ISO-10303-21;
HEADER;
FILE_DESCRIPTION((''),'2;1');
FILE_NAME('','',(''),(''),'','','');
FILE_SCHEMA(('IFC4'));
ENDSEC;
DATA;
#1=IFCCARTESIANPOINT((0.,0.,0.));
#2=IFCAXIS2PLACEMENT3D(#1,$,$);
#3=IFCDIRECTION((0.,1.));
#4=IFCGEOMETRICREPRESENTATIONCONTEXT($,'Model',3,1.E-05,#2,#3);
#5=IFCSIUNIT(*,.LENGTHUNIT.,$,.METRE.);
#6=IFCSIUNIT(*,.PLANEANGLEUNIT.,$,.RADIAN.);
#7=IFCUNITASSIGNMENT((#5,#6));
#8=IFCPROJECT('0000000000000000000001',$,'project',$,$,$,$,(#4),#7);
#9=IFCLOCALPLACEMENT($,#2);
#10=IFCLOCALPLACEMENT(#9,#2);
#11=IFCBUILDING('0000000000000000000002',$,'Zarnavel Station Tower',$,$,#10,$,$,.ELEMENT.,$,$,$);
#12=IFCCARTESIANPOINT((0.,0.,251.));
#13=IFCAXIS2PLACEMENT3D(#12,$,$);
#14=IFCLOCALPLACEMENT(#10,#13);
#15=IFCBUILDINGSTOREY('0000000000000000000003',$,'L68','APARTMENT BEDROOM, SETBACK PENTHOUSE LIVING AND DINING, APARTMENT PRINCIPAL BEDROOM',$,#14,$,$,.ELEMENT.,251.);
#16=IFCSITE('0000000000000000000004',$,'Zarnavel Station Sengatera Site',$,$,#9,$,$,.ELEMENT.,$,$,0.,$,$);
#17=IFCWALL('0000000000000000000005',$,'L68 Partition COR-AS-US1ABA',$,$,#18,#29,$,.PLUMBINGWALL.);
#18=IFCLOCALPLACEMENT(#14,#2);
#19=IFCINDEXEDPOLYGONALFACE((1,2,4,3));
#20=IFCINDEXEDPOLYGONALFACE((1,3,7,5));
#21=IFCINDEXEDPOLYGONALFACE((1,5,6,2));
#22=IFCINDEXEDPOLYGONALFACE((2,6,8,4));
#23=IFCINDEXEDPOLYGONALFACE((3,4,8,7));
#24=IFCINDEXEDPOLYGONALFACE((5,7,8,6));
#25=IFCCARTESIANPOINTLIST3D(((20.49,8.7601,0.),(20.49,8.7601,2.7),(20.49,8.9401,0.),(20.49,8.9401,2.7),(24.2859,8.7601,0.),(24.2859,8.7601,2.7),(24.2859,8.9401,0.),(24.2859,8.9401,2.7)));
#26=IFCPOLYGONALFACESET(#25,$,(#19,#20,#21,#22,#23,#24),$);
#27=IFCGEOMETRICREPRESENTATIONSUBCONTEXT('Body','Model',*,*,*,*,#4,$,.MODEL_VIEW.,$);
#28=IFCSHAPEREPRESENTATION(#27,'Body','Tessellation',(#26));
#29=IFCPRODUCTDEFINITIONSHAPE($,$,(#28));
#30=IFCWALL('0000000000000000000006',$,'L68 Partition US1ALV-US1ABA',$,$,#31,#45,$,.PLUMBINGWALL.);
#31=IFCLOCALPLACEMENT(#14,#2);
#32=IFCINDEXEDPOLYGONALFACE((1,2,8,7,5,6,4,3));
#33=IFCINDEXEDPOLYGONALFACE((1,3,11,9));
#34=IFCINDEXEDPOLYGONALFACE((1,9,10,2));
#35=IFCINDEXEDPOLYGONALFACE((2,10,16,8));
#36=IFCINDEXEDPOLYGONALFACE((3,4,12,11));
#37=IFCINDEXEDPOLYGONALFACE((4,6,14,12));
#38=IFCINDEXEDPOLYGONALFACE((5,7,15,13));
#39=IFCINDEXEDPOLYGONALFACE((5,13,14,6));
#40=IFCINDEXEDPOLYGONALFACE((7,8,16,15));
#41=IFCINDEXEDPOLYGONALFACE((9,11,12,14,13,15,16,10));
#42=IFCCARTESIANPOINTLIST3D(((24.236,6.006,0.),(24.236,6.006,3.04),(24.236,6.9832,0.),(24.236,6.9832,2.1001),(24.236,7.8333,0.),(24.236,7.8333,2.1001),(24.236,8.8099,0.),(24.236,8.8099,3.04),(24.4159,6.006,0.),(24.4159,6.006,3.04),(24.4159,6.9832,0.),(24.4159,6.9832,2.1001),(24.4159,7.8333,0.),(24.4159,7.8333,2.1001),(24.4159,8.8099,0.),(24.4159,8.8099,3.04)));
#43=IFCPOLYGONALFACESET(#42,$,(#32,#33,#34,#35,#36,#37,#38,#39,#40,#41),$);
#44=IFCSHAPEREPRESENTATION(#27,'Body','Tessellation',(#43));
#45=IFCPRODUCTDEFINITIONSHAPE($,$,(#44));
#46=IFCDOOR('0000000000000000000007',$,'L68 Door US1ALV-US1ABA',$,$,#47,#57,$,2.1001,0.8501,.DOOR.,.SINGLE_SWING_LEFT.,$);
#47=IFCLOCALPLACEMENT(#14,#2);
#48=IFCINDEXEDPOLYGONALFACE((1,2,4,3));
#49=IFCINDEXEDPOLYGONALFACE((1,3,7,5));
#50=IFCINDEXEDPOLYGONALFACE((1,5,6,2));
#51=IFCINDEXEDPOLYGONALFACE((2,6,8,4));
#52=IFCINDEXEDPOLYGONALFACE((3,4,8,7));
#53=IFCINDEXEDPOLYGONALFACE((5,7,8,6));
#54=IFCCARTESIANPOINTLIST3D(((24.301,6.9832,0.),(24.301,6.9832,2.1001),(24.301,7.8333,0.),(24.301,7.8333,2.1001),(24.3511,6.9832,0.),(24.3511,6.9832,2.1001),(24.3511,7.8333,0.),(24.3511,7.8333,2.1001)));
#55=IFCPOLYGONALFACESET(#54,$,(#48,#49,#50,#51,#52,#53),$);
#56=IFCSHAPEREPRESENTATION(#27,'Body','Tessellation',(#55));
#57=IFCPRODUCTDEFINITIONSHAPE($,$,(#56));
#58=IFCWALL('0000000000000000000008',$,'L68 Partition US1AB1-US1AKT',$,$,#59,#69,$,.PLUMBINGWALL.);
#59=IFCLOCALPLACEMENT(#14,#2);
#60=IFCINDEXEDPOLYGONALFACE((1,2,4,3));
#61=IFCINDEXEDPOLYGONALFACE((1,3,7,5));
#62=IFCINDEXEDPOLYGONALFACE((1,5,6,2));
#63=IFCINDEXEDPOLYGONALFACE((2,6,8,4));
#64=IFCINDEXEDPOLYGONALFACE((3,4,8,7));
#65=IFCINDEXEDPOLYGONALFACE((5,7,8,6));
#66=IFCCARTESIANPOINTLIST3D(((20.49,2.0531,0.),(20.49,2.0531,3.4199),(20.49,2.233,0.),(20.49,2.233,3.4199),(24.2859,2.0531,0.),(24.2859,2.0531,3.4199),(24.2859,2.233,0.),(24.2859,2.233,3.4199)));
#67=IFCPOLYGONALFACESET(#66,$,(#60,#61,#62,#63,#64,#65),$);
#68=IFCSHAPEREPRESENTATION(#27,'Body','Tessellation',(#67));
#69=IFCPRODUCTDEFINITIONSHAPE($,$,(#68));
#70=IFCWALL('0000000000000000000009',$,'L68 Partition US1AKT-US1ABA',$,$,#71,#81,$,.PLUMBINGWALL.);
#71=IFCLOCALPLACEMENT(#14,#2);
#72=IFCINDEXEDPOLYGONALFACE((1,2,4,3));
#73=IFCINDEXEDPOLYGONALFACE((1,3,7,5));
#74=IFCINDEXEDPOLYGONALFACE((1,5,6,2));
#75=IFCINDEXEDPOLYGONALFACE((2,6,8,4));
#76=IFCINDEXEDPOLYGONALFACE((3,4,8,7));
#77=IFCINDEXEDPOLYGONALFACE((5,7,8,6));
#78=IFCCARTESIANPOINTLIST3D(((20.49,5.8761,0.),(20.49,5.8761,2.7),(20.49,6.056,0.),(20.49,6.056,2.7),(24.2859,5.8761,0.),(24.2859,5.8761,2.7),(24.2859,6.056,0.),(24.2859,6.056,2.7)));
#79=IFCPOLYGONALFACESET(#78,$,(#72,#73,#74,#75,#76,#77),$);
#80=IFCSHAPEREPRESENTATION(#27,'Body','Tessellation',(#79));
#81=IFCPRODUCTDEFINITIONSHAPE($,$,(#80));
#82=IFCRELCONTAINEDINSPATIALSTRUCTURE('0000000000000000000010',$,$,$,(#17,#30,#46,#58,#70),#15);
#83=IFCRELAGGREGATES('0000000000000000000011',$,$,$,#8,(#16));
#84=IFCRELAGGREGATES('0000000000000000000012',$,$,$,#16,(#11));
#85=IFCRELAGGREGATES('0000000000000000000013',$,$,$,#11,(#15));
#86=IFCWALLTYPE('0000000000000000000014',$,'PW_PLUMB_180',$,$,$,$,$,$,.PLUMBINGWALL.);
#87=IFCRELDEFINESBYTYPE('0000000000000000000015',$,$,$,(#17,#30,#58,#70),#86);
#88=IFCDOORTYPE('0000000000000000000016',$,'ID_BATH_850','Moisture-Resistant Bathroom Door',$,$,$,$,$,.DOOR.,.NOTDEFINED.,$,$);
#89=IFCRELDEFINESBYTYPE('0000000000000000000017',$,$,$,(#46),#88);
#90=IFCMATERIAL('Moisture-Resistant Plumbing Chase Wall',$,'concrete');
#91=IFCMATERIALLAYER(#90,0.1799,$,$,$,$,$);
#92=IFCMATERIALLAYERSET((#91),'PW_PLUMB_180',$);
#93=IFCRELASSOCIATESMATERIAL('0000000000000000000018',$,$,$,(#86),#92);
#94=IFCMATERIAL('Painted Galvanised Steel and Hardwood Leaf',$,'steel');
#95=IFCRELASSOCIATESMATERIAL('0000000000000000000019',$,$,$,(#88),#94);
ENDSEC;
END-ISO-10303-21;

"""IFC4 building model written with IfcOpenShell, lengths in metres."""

from ifc_helpers import new_model, si_unit, direction, frame, frame_2d, origin, place, context, subcontext, project, spatial, rectangle, extrude, material, layer, layer_set, type_object, element, fill, save


model = new_model("IFC4")

# Units and contexts
model_context = context("Model", 3, precision=1e-05, world=origin(), true_north=direction((0.0, 1.0)))
body_context = subcontext(model_context, "Body", "Model", "MODEL_VIEW")
ifc_project = project(units=[si_unit("LENGTHUNIT", "METRE"), si_unit("PLANEANGLEUNIT", "RADIAN")], contexts=[model_context])

# Site, building, storey
site_placement = place(None, origin())
site = spatial("IfcSite", under=ifc_project, at=site_placement, Name="Zarnavel Station Sengatera Site", CompositionType="ELEMENT", RefElevation=0.0)
building_placement = place(site_placement, origin())
building = spatial("IfcBuilding", under=site, at=building_placement, Name="Zarnavel Station Tower", CompositionType="ELEMENT")
storey_placement = place(building_placement, frame((0.0, 0.0, 251.0)))
storey = spatial("IfcBuildingStorey", under=building, at=storey_placement, Name="L68", Description="APARTMENT BEDROOM, SETBACK PENTHOUSE LIVING AND DINING, APARTMENT PRINCIPAL BEDROOM", CompositionType="ELEMENT", Elevation=251.0)

# Wall
ifc_material_1 = material(Name="Moisture-Resistant Plumbing Chase Wall", Category="concrete")
ifc_layer_1 = layer(ifc_material_1, 0.1799)
ifc_layer_set_1 = layer_set([ifc_layer_1], Name="PW_PLUMB_180")
wall_type_1 = type_object("IfcWallType", Name="PW_PLUMB_180", PredefinedType="PLUMBINGWALL", material=ifc_layer_set_1)
wall_1_placement = place(storey_placement, frame((20.49, 8.8501, 0.0), z_axis=(0.0, 0.0, 1.0), x_axis=(1.0, 0.0, 0.0)))
element("IfcWall", 1, at=wall_1_placement, inside=storey, type_object=wall_type_1, Name="L68 Partition COR-AS-US1ABA", PredefinedType="PLUMBINGWALL", context=body_context, shape_type="SweptSolid", body=[
    extrude(rectangle(XDim=3.7959, YDim=0.1799, at=frame_2d((1.8979, 0.0))), origin(), (0.0, 0.0, 1.0), 2.7),
])

# Wall, opening, door
wall_2_placement = place(storey_placement, frame((24.3259, 6.0061, 0.0), z_axis=(0.0, 0.0, 1.0), x_axis=(0.0, 1.0, 0.0)))
wall_2 = element("IfcWall", 2, at=wall_2_placement, inside=storey, type_object=wall_type_1, Name="L68 Partition US1ALV-US1ABA", PredefinedType="PLUMBINGWALL", context=body_context, shape_type="SweptSolid", body=[
    extrude(rectangle(XDim=2.804, YDim=0.1799, at=frame_2d((1.4019, 0.0))), origin(), (0.0, 0.0, 1.0), 3.04),
])
opening_1_placement = place(wall_2_placement, frame((0.9771, 0.0, 0.0)))
opening_1 = element("IfcOpeningElement", 3, at=opening_1_placement, cuts=wall_2, PredefinedType="OPENING", context=body_context, shape_type="SweptSolid", body=[
    extrude(rectangle(XDim=0.8501, YDim=2.1001, at=frame_2d((0.425, 1.05))), frame((0.0, 0.0999, 0.0), z_axis=(0.0, -1.0, 0.0), x_axis=(1.0, 0.0, 0.0)), (0.0, 0.0, 1.0), 0.2),
])
ifc_material_2 = material(Name="Painted Galvanised Steel and Hardwood Leaf", Category="steel")
door_type_1 = type_object("IfcDoorType", Name="ID_BATH_850", Description="Moisture-Resistant Bathroom Door", OperationType="NOTDEFINED", PredefinedType="DOOR", material=ifc_material_2)
door_1_placement = place(opening_1_placement, origin())
door_1 = element("IfcDoor", 4, at=door_1_placement, inside=storey, type_object=door_type_1, Name="L68 Door US1ALV-US1ABA", OperationType="SINGLE_SWING_LEFT", OverallHeight=2.1001, OverallWidth=0.8501, PredefinedType="DOOR", context=body_context, shape_type="SweptSolid", body=[
    extrude(rectangle(XDim=0.8501, YDim=2.1001, at=frame_2d((0.425, 1.05))), frame((0.0, 0.0249, 0.0), z_axis=(0.0, -1.0, 0.0), x_axis=(1.0, 0.0, 0.0)), (0.0, 0.0, 1.0), 0.05),
])
fill(opening_1, door_1)

# Walls
wall_3_placement = place(storey_placement, frame((20.49, 2.1431, 0.0), z_axis=(0.0, 0.0, 1.0), x_axis=(1.0, 0.0, 0.0)))
element("IfcWall", 5, at=wall_3_placement, inside=storey, type_object=wall_type_1, Name="L68 Partition US1AB1-US1AKT", PredefinedType="PLUMBINGWALL", context=body_context, shape_type="SweptSolid", body=[
    extrude(rectangle(XDim=3.7959, YDim=0.1799, at=frame_2d((1.8979, 0.0))), origin(), (0.0, 0.0, 1.0), 3.4199),
])
wall_4_placement = place(storey_placement, frame((20.49, 5.9661, 0.0), z_axis=(0.0, 0.0, 1.0), x_axis=(1.0, 0.0, 0.0)))
element("IfcWall", 6, at=wall_4_placement, inside=storey, type_object=wall_type_1, Name="L68 Partition US1AKT-US1ABA", PredefinedType="PLUMBINGWALL", context=body_context, shape_type="SweptSolid", body=[
    extrude(rectangle(XDim=3.7959, YDim=0.1799, at=frame_2d((1.8979, 0.0))), origin(), (0.0, 0.0, 1.0), 2.7),
])

save(model, "model.ifc")
